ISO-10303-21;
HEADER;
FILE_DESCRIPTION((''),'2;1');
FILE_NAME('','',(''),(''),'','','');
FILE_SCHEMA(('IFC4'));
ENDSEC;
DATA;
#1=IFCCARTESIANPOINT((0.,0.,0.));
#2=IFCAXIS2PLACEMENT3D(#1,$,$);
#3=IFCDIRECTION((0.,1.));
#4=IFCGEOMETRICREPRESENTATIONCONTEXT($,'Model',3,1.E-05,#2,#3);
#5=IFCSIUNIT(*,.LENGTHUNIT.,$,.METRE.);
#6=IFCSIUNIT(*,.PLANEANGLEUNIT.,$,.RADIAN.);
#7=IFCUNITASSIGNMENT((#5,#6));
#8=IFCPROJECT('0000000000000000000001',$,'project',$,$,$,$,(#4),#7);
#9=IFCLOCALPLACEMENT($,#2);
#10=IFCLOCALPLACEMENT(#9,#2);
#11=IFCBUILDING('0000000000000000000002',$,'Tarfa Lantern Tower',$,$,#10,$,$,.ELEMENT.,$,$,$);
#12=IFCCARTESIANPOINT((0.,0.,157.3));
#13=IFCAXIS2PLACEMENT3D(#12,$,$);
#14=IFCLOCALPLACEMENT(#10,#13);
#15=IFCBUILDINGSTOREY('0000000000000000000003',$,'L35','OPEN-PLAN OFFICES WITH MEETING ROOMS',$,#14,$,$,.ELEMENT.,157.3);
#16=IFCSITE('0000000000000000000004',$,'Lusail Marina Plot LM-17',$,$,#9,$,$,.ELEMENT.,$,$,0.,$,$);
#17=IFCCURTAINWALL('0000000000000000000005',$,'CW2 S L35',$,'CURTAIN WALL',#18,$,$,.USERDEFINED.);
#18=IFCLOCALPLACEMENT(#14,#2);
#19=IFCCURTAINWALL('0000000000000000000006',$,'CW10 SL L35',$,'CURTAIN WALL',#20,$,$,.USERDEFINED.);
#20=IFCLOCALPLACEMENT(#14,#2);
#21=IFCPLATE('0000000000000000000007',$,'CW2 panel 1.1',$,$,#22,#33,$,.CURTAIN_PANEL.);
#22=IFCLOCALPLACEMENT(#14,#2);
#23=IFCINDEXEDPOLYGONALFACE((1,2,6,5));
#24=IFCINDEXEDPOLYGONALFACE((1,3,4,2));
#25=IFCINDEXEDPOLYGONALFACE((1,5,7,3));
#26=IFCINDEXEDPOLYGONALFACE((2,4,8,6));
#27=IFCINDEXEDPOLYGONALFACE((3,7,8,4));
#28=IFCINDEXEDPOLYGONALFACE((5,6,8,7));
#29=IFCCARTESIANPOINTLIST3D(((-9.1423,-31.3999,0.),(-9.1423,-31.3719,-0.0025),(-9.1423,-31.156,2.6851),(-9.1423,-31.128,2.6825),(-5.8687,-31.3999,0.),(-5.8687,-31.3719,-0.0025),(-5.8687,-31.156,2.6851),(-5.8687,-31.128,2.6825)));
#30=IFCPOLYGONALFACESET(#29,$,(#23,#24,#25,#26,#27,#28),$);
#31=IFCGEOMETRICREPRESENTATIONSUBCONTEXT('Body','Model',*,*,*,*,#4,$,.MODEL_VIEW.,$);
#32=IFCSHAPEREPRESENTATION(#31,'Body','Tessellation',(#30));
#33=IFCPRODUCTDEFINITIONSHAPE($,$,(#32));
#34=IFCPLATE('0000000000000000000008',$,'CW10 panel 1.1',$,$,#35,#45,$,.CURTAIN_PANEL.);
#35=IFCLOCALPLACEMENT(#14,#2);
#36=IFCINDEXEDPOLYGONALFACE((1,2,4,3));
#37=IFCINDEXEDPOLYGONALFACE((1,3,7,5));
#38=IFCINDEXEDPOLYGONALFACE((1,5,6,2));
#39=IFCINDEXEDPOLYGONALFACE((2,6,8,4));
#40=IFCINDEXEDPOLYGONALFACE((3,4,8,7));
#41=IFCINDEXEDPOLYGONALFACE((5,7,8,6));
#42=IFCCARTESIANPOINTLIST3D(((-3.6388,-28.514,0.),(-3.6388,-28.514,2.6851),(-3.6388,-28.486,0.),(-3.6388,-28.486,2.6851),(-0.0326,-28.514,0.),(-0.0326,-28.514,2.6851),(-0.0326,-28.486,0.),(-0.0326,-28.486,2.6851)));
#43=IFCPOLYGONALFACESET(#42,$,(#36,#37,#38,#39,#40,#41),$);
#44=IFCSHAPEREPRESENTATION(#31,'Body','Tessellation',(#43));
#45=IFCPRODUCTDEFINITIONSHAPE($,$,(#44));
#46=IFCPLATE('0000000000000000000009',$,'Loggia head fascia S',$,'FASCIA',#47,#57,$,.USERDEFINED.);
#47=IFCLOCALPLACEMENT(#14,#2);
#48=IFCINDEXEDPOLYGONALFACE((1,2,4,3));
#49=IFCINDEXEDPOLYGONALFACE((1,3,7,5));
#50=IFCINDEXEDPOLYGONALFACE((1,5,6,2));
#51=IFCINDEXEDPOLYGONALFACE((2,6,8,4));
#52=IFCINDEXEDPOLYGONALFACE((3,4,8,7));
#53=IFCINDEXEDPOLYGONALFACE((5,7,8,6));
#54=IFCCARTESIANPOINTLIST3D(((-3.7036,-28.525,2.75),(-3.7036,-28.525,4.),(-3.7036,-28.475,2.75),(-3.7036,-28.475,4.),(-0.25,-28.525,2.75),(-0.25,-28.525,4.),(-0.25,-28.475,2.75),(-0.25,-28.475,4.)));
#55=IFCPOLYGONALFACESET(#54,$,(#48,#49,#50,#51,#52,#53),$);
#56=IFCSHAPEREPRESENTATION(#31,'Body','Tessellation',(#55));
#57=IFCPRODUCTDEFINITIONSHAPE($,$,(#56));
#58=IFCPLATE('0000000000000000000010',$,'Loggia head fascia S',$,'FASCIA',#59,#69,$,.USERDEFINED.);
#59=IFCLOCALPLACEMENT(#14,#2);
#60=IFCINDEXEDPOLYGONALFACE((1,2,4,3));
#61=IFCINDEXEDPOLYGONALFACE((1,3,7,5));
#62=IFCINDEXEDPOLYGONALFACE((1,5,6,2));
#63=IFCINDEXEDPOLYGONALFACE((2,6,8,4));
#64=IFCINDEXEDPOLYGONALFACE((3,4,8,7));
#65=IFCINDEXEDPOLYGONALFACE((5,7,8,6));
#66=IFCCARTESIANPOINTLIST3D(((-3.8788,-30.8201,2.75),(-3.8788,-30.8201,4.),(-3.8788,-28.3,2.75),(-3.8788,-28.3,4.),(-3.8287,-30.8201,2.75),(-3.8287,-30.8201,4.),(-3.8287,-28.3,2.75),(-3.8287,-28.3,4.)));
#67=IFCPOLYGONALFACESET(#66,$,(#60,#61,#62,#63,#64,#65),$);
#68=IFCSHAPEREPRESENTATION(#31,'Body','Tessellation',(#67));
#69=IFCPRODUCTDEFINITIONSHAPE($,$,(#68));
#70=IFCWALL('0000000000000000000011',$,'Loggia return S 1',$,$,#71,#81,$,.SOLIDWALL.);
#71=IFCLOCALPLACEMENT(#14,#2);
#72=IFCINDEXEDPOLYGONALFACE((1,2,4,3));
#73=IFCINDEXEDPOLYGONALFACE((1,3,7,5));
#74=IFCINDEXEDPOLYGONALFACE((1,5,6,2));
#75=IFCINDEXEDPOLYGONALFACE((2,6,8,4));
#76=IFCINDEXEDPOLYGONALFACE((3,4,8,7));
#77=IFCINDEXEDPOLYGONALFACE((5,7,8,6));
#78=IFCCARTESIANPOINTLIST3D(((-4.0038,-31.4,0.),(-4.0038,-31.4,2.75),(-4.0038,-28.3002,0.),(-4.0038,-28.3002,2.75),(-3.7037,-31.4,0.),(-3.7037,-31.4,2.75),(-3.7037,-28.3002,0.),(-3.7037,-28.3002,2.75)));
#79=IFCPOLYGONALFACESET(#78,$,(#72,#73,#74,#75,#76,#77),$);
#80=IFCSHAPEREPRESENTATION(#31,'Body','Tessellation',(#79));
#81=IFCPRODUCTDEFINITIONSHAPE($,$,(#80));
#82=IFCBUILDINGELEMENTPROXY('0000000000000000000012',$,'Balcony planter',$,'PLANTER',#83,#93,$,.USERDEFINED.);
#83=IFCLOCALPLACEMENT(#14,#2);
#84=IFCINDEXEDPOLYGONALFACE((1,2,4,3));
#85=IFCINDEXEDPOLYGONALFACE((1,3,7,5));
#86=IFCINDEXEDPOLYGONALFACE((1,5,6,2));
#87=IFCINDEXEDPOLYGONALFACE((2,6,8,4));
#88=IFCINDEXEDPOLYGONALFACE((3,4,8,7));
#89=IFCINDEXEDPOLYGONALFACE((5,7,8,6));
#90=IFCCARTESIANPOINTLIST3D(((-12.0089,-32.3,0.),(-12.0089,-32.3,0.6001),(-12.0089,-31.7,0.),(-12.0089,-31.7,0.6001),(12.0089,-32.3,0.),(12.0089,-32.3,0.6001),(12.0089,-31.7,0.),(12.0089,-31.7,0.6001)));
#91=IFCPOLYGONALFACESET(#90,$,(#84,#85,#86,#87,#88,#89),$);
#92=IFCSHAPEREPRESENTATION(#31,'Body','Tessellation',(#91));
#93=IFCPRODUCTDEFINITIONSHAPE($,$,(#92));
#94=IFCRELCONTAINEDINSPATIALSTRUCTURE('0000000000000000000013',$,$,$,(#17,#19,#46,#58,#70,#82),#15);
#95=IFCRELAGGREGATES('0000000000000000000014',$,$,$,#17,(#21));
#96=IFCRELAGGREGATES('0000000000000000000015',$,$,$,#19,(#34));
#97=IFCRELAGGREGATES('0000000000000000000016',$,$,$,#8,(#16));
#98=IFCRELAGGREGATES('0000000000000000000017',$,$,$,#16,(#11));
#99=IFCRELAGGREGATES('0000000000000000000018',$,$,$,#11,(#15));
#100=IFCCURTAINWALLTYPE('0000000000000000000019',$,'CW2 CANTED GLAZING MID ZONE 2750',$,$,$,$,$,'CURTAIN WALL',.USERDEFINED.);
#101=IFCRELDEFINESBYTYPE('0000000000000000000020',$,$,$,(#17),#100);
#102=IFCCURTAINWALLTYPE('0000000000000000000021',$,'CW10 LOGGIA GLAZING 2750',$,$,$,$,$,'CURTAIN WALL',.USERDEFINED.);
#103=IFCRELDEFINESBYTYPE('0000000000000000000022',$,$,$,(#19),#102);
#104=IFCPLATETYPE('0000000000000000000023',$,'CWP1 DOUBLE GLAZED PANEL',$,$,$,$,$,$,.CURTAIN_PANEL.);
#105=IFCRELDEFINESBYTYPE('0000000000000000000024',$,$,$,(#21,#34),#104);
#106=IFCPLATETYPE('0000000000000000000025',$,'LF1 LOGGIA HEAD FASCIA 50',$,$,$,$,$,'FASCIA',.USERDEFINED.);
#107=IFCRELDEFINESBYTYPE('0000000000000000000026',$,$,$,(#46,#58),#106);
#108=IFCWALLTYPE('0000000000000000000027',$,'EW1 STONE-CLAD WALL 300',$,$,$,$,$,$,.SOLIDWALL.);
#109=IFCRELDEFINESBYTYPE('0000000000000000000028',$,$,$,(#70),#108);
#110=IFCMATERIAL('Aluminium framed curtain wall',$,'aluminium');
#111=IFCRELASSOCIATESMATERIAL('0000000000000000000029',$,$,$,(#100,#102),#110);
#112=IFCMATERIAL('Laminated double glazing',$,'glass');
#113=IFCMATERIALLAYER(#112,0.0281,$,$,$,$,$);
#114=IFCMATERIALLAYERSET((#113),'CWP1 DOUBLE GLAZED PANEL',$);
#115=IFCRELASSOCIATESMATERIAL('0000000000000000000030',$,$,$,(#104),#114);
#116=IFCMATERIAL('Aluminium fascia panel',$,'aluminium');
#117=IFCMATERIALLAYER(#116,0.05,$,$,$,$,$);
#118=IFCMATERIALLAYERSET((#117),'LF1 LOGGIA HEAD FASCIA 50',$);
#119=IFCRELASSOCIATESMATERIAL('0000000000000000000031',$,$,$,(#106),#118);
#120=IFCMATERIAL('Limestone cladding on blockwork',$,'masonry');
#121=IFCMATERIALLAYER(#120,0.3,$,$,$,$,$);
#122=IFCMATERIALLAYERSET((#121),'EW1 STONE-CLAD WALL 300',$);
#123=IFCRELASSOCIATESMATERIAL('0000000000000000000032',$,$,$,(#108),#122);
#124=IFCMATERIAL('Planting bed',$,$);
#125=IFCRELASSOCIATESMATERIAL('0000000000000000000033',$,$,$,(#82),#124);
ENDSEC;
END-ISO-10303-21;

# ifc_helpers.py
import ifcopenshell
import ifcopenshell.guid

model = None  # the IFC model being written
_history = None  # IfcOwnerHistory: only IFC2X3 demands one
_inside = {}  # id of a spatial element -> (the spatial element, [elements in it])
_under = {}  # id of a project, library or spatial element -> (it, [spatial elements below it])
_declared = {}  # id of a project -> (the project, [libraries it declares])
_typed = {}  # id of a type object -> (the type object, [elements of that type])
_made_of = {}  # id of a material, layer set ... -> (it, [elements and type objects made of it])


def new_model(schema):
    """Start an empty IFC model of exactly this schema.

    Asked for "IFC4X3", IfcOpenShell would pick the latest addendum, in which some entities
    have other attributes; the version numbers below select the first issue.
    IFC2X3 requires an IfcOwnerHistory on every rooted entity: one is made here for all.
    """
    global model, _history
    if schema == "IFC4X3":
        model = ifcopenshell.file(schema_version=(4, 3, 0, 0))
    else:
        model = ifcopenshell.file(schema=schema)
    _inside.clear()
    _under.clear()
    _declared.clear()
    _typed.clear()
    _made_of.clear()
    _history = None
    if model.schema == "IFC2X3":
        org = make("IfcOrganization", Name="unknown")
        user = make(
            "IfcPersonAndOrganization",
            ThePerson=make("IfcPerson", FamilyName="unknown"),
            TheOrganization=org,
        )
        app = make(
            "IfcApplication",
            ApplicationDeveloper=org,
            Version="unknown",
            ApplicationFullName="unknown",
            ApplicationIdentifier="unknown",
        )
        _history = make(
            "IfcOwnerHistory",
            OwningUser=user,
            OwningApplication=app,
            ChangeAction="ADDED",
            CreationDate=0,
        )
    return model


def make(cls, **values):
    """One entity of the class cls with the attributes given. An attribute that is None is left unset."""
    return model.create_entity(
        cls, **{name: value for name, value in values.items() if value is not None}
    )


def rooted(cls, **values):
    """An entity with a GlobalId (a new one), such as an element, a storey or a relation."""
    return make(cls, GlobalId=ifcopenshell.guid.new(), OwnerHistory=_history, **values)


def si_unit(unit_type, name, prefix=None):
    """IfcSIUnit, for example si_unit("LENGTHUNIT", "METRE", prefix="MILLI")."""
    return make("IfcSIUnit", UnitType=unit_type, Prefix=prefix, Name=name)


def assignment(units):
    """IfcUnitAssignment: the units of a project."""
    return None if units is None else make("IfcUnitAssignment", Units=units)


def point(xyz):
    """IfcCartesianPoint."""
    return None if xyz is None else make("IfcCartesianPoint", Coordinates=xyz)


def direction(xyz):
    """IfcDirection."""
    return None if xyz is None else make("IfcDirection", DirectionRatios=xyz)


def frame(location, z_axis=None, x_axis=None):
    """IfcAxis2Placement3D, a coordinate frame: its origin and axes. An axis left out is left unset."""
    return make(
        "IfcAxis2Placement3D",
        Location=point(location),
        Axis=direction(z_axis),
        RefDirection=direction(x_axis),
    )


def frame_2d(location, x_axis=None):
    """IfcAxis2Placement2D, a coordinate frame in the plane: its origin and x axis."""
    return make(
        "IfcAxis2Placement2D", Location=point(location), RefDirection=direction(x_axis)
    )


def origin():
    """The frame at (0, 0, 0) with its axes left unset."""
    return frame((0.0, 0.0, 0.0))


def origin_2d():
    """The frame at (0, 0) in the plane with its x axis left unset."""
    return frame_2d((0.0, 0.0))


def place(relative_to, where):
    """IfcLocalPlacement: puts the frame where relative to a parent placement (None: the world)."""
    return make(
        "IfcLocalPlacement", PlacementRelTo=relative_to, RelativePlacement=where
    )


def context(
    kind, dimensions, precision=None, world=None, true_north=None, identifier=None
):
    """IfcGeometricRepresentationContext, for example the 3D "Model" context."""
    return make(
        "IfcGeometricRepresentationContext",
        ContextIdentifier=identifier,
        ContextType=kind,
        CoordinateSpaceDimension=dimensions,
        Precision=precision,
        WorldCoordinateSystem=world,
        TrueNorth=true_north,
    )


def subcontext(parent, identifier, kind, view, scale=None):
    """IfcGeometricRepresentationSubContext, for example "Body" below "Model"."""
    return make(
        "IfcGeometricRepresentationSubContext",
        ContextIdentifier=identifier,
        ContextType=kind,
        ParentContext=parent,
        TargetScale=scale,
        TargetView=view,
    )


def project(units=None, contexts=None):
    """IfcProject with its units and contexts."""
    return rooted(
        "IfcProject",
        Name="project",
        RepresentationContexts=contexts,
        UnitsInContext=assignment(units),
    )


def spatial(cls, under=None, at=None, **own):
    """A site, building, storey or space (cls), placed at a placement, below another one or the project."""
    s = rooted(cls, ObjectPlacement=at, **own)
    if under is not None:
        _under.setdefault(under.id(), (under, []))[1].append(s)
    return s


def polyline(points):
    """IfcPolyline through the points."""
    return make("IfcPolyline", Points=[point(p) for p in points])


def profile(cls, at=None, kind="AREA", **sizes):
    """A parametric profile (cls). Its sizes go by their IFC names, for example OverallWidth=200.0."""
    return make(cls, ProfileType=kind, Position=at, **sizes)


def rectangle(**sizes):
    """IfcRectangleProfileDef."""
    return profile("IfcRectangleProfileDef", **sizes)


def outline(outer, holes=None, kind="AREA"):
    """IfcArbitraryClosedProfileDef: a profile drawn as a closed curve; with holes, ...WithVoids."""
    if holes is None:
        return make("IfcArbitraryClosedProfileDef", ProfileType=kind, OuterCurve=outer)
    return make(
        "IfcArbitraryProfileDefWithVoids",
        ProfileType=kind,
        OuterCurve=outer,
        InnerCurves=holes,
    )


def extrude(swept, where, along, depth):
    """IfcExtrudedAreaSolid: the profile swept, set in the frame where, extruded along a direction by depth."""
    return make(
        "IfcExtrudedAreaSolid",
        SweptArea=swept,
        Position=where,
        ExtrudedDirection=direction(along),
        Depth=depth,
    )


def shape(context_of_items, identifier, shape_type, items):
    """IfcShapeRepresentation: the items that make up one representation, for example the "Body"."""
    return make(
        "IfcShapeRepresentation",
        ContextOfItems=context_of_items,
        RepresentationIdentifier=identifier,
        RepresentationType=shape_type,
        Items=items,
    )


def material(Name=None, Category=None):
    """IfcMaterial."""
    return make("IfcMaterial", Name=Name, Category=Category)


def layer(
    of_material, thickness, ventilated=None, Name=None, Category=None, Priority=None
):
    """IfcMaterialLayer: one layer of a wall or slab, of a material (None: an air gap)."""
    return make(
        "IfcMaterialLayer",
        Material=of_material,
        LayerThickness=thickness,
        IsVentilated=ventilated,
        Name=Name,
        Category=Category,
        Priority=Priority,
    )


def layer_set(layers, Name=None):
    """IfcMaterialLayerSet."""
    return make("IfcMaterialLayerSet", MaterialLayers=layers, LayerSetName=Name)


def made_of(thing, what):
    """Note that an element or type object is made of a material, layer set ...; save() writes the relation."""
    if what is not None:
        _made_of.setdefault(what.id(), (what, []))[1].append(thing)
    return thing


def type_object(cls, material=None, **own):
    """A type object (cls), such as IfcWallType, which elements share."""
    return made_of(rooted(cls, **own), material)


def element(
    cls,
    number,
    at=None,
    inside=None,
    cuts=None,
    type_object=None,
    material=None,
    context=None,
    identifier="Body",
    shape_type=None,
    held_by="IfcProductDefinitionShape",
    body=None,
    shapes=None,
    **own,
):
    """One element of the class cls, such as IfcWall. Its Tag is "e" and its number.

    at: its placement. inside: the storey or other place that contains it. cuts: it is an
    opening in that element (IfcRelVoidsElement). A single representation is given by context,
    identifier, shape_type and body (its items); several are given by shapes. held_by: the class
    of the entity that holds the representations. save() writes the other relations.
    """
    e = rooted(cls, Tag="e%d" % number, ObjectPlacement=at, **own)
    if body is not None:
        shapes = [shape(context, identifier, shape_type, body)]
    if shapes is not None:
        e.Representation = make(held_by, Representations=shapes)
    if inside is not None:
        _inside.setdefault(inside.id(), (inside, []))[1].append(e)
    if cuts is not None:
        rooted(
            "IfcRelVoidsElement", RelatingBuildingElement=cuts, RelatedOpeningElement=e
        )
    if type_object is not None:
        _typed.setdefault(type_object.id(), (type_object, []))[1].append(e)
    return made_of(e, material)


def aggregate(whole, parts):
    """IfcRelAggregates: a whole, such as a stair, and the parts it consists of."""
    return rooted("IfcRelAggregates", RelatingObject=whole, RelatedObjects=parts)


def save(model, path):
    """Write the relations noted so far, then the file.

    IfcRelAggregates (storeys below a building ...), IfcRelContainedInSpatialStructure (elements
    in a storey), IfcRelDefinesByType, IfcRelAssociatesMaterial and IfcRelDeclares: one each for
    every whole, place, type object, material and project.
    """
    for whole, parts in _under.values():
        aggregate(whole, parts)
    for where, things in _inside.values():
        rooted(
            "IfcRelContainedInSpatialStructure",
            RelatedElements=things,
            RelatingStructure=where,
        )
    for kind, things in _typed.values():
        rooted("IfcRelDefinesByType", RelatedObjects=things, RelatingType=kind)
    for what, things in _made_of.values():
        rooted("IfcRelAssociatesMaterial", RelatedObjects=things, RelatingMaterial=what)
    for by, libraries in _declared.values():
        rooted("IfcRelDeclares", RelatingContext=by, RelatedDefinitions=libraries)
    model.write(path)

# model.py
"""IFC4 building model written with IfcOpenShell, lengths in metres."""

from ifc_helpers import new_model, si_unit, direction, frame, frame_2d, origin, origin_2d, place, context, subcontext, project, spatial, polyline, rectangle, outline, extrude, material, layer, layer_set, type_object, element, aggregate, save


model = new_model("IFC4")

# Units and contexts
model_context = context("Model", 3, precision=1e-05, world=origin(), true_north=direction((0.0, 1.0)))
body_context = subcontext(model_context, "Body", "Model", "MODEL_VIEW")
ifc_project = project(units=[si_unit("LENGTHUNIT", "METRE"), si_unit("PLANEANGLEUNIT", "RADIAN")], contexts=[model_context])

# Site, building, storey
site_placement = place(None, origin())
site = spatial("IfcSite", under=ifc_project, at=site_placement, Name="Lusail Marina Plot LM-17", CompositionType="ELEMENT", RefElevation=0.0)
building_placement = place(site_placement, origin())
building = spatial("IfcBuilding", under=site, at=building_placement, Name="Tarfa Lantern Tower", CompositionType="ELEMENT")
storey_placement = place(building_placement, frame((0.0, 0.0, 157.3)))
storey = spatial("IfcBuildingStorey", under=building, at=storey_placement, Name="L35", Description="OPEN-PLAN OFFICES WITH MEETING ROOMS", CompositionType="ELEMENT", Elevation=157.3)

# Shared definitions
ifc_material_1 = material(Name="Aluminium framed curtain wall", Category="aluminium")
curtain_wall_type_1 = type_object("IfcCurtainWallType", Name="CW2 CANTED GLAZING MID ZONE 2750", ElementType="CURTAIN WALL", PredefinedType="USERDEFINED", material=ifc_material_1)

# Curtain walls
curtain_wall_1_placement = place(storey_placement, origin())
curtain_wall_1 = element("IfcCurtainWall", 1, at=curtain_wall_1_placement, inside=storey, type_object=curtain_wall_type_1, Name="CW2 S L35", ObjectType="CURTAIN WALL", PredefinedType="USERDEFINED")
curtain_wall_type_2 = type_object("IfcCurtainWallType", Name="CW10 LOGGIA GLAZING 2750", ElementType="CURTAIN WALL", PredefinedType="USERDEFINED", material=ifc_material_1)
curtain_wall_2_placement = place(storey_placement, origin())
curtain_wall_2 = element("IfcCurtainWall", 2, at=curtain_wall_2_placement, inside=storey, type_object=curtain_wall_type_2, Name="CW10 SL L35", ObjectType="CURTAIN WALL", PredefinedType="USERDEFINED")

# Plates
ifc_material_2 = material(Name="Laminated double glazing", Category="glass")
ifc_layer_1 = layer(ifc_material_2, 0.0281)
ifc_layer_set_1 = layer_set([ifc_layer_1], Name="CWP1 DOUBLE GLAZED PANEL")
plate_type_1 = type_object("IfcPlateType", Name="CWP1 DOUBLE GLAZED PANEL", PredefinedType="CURTAIN_PANEL", material=ifc_layer_set_1)
plate_1_placement = place(storey_placement, frame((-9.1423, -31.3999, 0.0), z_axis=(0.0, -0.9959, 0.090462), x_axis=(1.0, 0.0, 0.0)))
plate_1 = element("IfcPlate", 3, at=plate_1_placement, type_object=plate_type_1, Name="CW2 panel 1.1", PredefinedType="CURTAIN_PANEL", context=body_context, shape_type="SweptSolid", body=[
    extrude(outline(polyline([(0.0, 0.0), (3.2737, 0.0), (3.2737, 2.6961), (0.0, 2.6961), (0.0, 0.0)])), origin(), (0.0, 0.0, -1.0), 0.0281),
])
aggregate(curtain_wall_1, [plate_1])
plate_2_placement = place(storey_placement, frame((-1.8357, -28.5, 0.0), z_axis=(0.0, 0.0, 1.0), x_axis=(1.0, 0.0, 0.0)))
plate_2 = element("IfcPlate", 4, at=plate_2_placement, type_object=plate_type_1, Name="CW10 panel 1.1", PredefinedType="CURTAIN_PANEL", context=body_context, shape_type="SweptSolid", body=[
    extrude(rectangle(XDim=3.6062, YDim=0.0281, at=origin_2d()), origin(), (0.0, 0.0, 1.0), 2.6851),
])
aggregate(curtain_wall_2, [plate_2])

# Plates
ifc_material_3 = material(Name="Aluminium fascia panel", Category="aluminium")
ifc_layer_2 = layer(ifc_material_3, 0.05)
ifc_layer_set_2 = layer_set([ifc_layer_2], Name="LF1 LOGGIA HEAD FASCIA 50")
plate_type_2 = type_object("IfcPlateType", Name="LF1 LOGGIA HEAD FASCIA 50", ElementType="FASCIA", PredefinedType="USERDEFINED", material=ifc_layer_set_2)
plate_3_placement = place(storey_placement, frame((-1.9768, -28.5, 2.75), z_axis=(0.0, 0.0, 1.0), x_axis=(1.0, 0.0, 0.0)))
element("IfcPlate", 5, at=plate_3_placement, inside=storey, type_object=plate_type_2, Name="Loggia head fascia S", ObjectType="FASCIA", PredefinedType="USERDEFINED", context=body_context, shape_type="SweptSolid", body=[
    extrude(rectangle(XDim=3.4536, YDim=0.05, at=origin_2d()), origin(), (0.0, 0.0, 1.0), 1.25),
])
plate_4_placement = place(storey_placement, frame((-3.8538, -29.5601, 2.75), z_axis=(0.0, 0.0, 1.0), x_axis=(0.0, 1.0, 0.0)))
element("IfcPlate", 6, at=plate_4_placement, inside=storey, type_object=plate_type_2, Name="Loggia head fascia S", ObjectType="FASCIA", PredefinedType="USERDEFINED", context=body_context, shape_type="SweptSolid", body=[
    extrude(rectangle(XDim=2.52, YDim=0.05, at=origin_2d()), origin(), (0.0, 0.0, 1.0), 1.25),
])

# Wall
ifc_material_4 = material(Name="Limestone cladding on blockwork", Category="masonry")
ifc_layer_3 = layer(ifc_material_4, 0.3)
ifc_layer_set_3 = layer_set([ifc_layer_3], Name="EW1 STONE-CLAD WALL 300")
wall_type = type_object("IfcWallType", Name="EW1 STONE-CLAD WALL 300", PredefinedType="SOLIDWALL", material=ifc_layer_set_3)
wall_placement = place(storey_placement, frame((-3.8538, -31.3999, 0.0), z_axis=(0.0, 0.0, 1.0), x_axis=(0.0, 1.0, 0.0)))
element("IfcWall", 7, at=wall_placement, inside=storey, type_object=wall_type, Name="Loggia return S 1", PredefinedType="SOLIDWALL", context=body_context, shape_type="SweptSolid", body=[
    extrude(rectangle(XDim=3.0999, YDim=0.3, at=frame_2d((1.5498, 0.0))), origin(), (0.0, 0.0, 1.0), 2.75),
])

# Building element proxy
ifc_material_5 = material(Name="Planting bed")
proxy_placement = place(storey_placement, frame((0.0, -32.0, 0.0), z_axis=(0.0, 0.0, 1.0), x_axis=(1.0, 0.0, 0.0)))
element("IfcBuildingElementProxy", 8, at=proxy_placement, inside=storey, material=ifc_material_5, Name="Balcony planter", ObjectType="PLANTER", PredefinedType="USERDEFINED", context=body_context, shape_type="SweptSolid", body=[
    extrude(rectangle(XDim=24.0178, YDim=0.6001, at=origin_2d()), origin(), (0.0, 0.0, 1.0), 0.6001),
])

save(model, "model.ifc")
